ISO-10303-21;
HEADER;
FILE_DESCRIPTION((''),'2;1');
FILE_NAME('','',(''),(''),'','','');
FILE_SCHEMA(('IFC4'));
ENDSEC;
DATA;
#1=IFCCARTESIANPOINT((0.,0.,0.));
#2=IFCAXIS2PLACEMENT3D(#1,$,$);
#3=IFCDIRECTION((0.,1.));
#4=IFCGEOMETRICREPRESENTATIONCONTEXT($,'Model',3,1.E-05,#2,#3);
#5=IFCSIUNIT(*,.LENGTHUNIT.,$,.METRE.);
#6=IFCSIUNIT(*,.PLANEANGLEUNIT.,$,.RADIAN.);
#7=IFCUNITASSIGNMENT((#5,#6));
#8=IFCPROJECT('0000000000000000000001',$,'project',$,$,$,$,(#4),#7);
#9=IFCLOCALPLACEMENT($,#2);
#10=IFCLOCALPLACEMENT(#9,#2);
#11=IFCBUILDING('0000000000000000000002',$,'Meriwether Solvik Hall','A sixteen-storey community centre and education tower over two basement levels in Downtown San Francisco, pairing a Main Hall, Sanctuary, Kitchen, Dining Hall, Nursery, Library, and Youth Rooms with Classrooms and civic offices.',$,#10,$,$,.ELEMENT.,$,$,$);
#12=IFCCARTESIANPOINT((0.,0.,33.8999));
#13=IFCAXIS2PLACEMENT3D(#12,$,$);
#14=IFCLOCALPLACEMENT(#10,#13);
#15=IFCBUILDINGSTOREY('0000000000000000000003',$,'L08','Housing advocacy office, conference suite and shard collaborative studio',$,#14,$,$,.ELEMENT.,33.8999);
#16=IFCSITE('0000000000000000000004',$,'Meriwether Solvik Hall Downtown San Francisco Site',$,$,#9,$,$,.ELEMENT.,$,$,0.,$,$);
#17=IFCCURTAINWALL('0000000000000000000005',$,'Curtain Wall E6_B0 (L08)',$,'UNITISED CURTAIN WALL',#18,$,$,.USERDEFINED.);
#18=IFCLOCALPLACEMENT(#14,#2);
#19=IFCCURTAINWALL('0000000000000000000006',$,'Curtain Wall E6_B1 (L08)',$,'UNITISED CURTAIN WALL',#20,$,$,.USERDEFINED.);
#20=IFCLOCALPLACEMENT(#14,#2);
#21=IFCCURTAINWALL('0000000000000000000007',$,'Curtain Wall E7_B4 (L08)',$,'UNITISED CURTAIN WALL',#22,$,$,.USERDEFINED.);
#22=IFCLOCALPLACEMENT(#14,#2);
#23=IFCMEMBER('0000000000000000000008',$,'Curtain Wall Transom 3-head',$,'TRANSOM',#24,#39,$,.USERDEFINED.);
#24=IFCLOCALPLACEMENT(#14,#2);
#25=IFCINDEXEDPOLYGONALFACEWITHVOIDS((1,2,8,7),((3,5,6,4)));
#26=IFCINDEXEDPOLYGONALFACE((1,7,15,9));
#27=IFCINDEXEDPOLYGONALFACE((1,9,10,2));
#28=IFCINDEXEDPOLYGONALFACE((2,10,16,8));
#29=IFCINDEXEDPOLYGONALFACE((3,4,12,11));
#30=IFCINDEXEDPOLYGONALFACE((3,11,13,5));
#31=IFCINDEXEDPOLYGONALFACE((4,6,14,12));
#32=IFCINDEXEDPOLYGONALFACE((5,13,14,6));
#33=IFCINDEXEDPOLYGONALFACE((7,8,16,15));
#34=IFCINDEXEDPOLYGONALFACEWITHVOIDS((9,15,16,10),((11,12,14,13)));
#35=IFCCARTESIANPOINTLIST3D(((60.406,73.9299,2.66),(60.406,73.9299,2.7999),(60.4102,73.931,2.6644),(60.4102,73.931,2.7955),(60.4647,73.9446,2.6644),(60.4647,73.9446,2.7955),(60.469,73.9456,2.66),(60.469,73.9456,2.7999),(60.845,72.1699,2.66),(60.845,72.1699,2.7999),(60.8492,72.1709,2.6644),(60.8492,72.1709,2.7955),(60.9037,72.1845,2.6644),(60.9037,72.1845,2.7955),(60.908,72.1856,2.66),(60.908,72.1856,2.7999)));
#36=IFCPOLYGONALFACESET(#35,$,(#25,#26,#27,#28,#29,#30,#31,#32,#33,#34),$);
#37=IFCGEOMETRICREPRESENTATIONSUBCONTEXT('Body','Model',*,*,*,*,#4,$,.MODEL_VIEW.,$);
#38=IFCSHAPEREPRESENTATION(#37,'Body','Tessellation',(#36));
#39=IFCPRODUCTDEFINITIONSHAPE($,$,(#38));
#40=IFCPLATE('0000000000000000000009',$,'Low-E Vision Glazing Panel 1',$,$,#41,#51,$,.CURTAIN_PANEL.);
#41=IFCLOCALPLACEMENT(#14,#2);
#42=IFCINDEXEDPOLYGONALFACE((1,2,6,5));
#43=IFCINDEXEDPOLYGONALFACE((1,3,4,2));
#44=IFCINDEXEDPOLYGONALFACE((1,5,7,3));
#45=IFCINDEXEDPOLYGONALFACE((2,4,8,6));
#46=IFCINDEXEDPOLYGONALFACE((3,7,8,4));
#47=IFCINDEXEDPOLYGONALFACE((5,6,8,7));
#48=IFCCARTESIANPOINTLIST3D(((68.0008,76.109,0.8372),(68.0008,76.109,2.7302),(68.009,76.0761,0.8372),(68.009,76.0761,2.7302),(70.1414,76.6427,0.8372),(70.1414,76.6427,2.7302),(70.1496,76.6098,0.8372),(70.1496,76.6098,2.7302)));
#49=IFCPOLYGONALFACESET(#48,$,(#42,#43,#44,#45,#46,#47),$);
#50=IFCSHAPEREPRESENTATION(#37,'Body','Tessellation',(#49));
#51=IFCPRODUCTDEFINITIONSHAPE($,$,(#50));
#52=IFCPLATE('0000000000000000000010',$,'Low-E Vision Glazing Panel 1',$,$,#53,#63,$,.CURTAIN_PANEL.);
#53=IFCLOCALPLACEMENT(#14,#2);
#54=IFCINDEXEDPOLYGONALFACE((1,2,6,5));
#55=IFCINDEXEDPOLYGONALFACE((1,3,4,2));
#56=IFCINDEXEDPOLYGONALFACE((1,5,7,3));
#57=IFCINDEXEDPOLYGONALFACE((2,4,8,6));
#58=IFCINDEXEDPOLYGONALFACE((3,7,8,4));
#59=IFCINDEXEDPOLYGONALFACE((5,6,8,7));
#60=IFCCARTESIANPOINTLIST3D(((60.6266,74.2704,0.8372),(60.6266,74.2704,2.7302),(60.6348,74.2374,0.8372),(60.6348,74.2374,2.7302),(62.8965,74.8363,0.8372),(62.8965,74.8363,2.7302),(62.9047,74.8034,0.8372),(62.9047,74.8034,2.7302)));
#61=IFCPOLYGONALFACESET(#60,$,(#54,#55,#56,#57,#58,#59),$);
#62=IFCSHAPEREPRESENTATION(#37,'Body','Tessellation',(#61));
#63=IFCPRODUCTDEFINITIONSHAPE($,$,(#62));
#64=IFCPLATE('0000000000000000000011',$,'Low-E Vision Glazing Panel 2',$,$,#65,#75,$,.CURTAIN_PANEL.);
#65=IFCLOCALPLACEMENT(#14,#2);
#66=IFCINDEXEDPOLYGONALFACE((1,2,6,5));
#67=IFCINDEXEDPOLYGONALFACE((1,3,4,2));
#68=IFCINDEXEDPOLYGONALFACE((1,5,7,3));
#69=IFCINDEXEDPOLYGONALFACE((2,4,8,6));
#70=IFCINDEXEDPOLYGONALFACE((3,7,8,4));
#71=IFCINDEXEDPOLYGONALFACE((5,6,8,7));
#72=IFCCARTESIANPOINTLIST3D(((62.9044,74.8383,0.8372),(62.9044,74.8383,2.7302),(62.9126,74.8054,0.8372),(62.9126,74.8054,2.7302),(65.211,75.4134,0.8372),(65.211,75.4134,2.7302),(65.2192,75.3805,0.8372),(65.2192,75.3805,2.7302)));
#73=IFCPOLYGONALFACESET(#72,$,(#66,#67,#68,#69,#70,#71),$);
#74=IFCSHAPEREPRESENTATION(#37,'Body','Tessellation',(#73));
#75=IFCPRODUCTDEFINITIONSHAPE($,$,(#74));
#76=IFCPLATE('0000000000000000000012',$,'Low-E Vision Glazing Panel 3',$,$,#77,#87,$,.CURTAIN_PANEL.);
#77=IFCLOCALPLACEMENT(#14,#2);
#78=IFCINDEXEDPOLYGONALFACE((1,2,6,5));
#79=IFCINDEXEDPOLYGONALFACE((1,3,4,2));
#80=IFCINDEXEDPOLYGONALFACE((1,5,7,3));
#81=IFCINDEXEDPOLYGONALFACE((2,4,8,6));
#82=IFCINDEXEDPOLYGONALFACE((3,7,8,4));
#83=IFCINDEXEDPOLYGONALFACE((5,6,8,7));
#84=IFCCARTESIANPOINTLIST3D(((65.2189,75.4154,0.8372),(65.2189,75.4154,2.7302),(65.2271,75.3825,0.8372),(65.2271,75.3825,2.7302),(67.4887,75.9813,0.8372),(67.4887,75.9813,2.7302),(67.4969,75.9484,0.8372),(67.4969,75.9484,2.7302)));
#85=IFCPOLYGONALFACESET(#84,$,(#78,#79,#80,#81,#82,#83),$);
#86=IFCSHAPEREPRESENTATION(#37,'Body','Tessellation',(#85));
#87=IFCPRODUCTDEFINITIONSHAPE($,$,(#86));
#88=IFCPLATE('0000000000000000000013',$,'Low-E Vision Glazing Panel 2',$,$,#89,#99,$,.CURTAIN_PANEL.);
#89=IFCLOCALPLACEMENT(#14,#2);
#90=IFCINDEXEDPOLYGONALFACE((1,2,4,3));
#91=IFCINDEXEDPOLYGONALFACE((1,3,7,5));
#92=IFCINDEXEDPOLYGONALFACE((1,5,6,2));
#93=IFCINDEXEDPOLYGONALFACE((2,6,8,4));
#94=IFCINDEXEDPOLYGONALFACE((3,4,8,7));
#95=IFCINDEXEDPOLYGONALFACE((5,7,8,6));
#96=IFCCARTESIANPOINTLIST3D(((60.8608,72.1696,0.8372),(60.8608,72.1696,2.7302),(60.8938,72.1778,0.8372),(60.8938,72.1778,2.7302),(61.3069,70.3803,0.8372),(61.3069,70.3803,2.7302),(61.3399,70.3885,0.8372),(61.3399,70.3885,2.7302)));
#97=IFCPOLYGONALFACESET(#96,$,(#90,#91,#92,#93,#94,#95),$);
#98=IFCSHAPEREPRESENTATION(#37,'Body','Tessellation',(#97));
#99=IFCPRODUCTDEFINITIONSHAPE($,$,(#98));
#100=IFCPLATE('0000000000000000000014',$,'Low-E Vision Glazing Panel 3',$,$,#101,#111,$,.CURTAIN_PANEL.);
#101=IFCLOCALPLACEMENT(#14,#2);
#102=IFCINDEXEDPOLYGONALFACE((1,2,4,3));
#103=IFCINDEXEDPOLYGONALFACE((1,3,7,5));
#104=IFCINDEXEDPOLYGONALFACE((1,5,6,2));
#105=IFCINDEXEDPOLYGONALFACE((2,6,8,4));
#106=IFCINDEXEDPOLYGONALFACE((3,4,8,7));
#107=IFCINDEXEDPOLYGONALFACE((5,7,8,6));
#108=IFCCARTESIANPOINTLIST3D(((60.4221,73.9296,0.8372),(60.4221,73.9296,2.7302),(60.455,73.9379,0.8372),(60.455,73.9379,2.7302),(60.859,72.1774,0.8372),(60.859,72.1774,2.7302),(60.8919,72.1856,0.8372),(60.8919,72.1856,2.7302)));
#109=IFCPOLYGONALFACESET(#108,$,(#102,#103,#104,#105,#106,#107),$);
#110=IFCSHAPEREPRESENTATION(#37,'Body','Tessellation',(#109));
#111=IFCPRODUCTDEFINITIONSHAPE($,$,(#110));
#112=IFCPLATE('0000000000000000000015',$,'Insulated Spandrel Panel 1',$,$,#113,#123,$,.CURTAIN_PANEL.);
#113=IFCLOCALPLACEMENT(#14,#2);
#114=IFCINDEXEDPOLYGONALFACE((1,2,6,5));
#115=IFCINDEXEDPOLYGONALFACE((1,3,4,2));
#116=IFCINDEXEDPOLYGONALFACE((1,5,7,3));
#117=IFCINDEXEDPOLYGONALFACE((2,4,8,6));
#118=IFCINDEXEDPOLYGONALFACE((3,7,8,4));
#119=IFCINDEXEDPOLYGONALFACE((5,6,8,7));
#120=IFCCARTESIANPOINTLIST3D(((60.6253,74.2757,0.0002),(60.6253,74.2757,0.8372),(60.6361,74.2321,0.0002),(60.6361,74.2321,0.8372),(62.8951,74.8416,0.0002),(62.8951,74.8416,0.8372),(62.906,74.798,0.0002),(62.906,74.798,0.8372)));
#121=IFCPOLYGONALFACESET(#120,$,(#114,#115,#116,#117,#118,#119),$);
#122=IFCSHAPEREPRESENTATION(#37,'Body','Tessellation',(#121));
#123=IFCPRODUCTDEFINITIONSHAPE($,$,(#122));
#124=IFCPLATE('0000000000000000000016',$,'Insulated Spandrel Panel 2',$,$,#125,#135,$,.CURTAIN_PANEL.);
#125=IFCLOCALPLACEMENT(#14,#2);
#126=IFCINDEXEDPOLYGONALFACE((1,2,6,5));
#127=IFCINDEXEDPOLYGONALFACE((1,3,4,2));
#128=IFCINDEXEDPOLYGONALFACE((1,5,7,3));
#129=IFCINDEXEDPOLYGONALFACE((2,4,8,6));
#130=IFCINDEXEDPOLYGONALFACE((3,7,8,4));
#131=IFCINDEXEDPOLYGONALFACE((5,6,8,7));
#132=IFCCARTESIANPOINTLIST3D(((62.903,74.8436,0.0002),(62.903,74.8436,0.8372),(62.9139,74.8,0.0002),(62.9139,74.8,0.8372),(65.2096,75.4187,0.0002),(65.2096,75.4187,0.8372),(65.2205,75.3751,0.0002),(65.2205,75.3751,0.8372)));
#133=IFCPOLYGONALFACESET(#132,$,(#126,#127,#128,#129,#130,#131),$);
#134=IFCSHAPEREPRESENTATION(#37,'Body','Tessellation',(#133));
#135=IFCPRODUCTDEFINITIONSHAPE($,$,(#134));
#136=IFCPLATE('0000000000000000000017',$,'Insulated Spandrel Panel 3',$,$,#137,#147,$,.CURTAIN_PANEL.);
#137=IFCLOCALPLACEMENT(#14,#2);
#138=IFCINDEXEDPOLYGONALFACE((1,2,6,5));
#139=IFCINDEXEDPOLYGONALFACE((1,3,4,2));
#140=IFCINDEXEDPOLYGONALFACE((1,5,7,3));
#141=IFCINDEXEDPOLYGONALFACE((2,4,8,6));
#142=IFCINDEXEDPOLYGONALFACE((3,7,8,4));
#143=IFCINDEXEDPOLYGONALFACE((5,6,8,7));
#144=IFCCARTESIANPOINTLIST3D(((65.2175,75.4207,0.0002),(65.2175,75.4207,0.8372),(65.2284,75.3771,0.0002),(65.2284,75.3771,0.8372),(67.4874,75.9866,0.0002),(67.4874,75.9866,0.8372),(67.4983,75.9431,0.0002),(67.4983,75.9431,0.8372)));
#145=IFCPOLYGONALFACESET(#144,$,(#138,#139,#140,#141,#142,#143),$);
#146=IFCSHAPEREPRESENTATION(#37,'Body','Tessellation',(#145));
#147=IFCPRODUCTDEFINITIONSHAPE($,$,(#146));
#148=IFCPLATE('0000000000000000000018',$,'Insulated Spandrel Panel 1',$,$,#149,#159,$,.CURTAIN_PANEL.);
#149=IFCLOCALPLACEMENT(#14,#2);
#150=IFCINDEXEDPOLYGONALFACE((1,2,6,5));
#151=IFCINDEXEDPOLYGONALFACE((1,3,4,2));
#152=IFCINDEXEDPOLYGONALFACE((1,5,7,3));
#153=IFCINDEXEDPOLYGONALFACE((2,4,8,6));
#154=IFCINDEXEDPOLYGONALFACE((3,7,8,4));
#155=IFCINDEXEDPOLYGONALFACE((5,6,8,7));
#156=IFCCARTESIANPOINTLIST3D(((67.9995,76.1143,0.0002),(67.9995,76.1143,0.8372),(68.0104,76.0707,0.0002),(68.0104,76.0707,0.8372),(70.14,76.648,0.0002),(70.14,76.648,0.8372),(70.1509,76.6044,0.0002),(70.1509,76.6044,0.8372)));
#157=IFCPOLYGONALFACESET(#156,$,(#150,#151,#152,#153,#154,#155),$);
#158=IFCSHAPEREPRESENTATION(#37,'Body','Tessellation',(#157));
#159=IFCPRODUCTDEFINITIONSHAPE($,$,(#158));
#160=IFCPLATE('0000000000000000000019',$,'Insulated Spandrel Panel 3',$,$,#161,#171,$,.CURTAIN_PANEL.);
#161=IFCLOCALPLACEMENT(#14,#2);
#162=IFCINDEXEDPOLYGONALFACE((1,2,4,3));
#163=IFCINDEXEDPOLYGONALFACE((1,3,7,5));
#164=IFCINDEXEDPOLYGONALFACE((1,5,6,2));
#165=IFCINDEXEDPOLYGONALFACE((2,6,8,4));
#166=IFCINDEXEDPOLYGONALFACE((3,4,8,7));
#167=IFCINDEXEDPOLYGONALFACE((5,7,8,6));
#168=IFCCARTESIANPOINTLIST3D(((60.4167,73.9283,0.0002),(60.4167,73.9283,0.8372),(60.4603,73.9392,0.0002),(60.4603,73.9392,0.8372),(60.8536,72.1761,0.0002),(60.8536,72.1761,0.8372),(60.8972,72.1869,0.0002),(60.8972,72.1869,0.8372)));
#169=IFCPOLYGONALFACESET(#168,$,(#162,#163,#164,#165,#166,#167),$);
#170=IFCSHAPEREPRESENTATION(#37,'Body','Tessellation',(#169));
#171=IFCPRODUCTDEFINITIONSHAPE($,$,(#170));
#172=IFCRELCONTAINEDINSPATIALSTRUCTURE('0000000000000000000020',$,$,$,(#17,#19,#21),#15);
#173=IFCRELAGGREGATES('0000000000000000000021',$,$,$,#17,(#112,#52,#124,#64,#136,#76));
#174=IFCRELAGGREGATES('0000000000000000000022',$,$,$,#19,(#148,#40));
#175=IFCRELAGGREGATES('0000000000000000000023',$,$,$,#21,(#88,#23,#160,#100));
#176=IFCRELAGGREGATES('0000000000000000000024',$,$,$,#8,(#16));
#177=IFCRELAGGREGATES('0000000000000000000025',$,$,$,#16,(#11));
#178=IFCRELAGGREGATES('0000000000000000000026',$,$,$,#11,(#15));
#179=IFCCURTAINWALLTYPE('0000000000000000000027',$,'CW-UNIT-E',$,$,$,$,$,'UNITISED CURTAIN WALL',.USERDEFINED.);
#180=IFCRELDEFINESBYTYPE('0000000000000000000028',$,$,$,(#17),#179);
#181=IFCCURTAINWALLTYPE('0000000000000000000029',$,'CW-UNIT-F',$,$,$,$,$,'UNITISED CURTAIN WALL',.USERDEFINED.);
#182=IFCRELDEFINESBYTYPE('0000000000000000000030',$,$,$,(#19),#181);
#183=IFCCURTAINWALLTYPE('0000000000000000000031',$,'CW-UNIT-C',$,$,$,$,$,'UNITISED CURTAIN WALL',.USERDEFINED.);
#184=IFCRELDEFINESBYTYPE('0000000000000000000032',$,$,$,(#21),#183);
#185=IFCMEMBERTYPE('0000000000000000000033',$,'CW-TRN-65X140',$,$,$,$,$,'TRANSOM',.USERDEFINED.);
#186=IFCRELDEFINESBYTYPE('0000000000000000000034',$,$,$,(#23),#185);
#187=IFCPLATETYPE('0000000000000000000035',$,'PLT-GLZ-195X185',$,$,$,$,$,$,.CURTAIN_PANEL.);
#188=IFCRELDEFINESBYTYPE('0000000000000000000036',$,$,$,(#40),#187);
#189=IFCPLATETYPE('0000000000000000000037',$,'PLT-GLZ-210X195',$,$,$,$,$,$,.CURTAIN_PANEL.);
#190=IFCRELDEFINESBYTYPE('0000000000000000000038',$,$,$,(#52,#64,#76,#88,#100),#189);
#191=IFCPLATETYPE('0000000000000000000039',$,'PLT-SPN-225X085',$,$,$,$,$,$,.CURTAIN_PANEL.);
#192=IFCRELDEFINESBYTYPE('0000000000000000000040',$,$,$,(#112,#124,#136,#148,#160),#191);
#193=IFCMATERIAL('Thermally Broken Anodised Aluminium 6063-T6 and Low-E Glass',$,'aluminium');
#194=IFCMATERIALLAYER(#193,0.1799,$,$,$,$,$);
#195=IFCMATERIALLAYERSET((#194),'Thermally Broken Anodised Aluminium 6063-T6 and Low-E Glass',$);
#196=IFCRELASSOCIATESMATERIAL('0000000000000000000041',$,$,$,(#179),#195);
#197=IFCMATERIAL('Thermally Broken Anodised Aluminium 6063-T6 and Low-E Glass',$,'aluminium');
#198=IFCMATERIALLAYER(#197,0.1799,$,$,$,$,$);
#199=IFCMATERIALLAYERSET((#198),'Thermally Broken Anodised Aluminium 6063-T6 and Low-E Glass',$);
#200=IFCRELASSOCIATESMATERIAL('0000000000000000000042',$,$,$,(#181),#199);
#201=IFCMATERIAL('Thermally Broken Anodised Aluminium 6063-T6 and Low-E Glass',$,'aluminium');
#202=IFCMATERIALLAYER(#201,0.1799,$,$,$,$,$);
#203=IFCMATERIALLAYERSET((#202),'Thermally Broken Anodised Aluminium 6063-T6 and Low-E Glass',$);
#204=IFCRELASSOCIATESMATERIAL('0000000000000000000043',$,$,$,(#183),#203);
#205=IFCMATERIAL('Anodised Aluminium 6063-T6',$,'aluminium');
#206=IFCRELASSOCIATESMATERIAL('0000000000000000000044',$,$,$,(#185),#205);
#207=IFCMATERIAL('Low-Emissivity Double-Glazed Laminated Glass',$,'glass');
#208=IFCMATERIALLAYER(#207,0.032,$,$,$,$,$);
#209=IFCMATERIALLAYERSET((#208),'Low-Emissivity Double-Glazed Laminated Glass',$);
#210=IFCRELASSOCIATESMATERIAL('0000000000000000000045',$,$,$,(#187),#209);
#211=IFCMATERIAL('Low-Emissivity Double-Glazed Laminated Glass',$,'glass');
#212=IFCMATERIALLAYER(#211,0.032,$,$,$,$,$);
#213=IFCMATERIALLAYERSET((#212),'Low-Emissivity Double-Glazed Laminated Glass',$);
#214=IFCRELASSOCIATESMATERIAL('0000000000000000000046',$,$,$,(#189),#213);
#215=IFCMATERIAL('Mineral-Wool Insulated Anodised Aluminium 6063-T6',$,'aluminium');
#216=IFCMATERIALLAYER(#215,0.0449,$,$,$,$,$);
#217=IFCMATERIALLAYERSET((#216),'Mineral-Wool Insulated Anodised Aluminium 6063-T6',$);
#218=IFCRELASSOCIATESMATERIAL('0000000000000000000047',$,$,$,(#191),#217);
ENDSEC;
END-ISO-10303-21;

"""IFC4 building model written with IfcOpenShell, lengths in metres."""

from ifc_helpers import new_model, si_unit, direction, frame, origin, origin_2d, place, context, subcontext, project, spatial, rectangle, hollow_rectangle, extrude, material, layer, layer_set, material_profile, profile_set, type_object, element, aggregate, save


model = new_model("IFC4")

# Units and contexts
model_context = context("Model", 3, precision=1e-05, world=origin(), true_north=direction((0.0, 1.0)))
body_context = subcontext(model_context, "Body", "Model", "MODEL_VIEW")
ifc_project = project(units=[si_unit("LENGTHUNIT", "METRE"), si_unit("PLANEANGLEUNIT", "RADIAN")], contexts=[model_context])

# Site, building, storey
site_placement = place(None, origin())
site = spatial("IfcSite", under=ifc_project, at=site_placement, Name="Meriwether Solvik Hall Downtown San Francisco Site", CompositionType="ELEMENT", RefElevation=0.0)
building_placement = place(site_placement, origin())
building = spatial("IfcBuilding", under=site, at=building_placement, Name="Meriwether Solvik Hall", Description="A sixteen-storey community centre and education tower over two basement levels in Downtown San Francisco, pairing a Main Hall, Sanctuary, Kitchen, Dining Hall, Nursery, Library, and Youth Rooms with Classrooms and civic offices.", CompositionType="ELEMENT")
storey_placement = place(building_placement, frame((0.0, 0.0, 33.8999)))
storey = spatial("IfcBuildingStorey", under=building, at=storey_placement, Name="L08", Description="Housing advocacy office, conference suite and shard collaborative studio", CompositionType="ELEMENT", Elevation=33.8999)

# Curtain walls
ifc_material_1 = material(Name="Thermally Broken Anodised Aluminium 6063-T6 and Low-E Glass", Category="aluminium")
ifc_layer_1 = layer(ifc_material_1, 0.1799)
ifc_layer_set_1 = layer_set([ifc_layer_1], Name="Thermally Broken Anodised Aluminium 6063-T6 and Low-E Glass")
curtain_wall_type_1 = type_object("IfcCurtainWallType", Name="CW-UNIT-E", ElementType="UNITISED CURTAIN WALL", PredefinedType="USERDEFINED", material=ifc_layer_set_1)
curtain_wall_1_placement = place(storey_placement, origin())
curtain_wall_1 = element("IfcCurtainWall", 1, at=curtain_wall_1_placement, inside=storey, type_object=curtain_wall_type_1, Name="Curtain Wall E6_B0 (L08)", ObjectType="UNITISED CURTAIN WALL", PredefinedType="USERDEFINED")
ifc_material_2 = material(Name="Thermally Broken Anodised Aluminium 6063-T6 and Low-E Glass", Category="aluminium")
ifc_layer_2 = layer(ifc_material_2, 0.1799)
ifc_layer_set_2 = layer_set([ifc_layer_2], Name="Thermally Broken Anodised Aluminium 6063-T6 and Low-E Glass")
curtain_wall_type_2 = type_object("IfcCurtainWallType", Name="CW-UNIT-F", ElementType="UNITISED CURTAIN WALL", PredefinedType="USERDEFINED", material=ifc_layer_set_2)
curtain_wall_2_placement = place(storey_placement, origin())
curtain_wall_2 = element("IfcCurtainWall", 2, at=curtain_wall_2_placement, inside=storey, type_object=curtain_wall_type_2, Name="Curtain Wall E6_B1 (L08)", ObjectType="UNITISED CURTAIN WALL", PredefinedType="USERDEFINED")
ifc_material_3 = material(Name="Thermally Broken Anodised Aluminium 6063-T6 and Low-E Glass", Category="aluminium")
ifc_layer_3 = layer(ifc_material_3, 0.1799)
ifc_layer_set_3 = layer_set([ifc_layer_3], Name="Thermally Broken Anodised Aluminium 6063-T6 and Low-E Glass")
curtain_wall_type_3 = type_object("IfcCurtainWallType", Name="CW-UNIT-C", ElementType="UNITISED CURTAIN WALL", PredefinedType="USERDEFINED", material=ifc_layer_set_3)
curtain_wall_3_placement = place(storey_placement, origin())
curtain_wall_3 = element("IfcCurtainWall", 3, at=curtain_wall_3_placement, inside=storey, type_object=curtain_wall_type_3, Name="Curtain Wall E7_B4 (L08)", ObjectType="UNITISED CURTAIN WALL", PredefinedType="USERDEFINED")

# Member
ifc_material_4 = material(Name="Anodised Aluminium 6063-T6", Category="aluminium")
ifc_material_profile_1 = material_profile(ifc_material_4, hollow_rectangle(XDim=0.0649, YDim=0.1399, WallThickness=0.0044, at=origin_2d()), Name="CWT-65X140")
ifc_profile_set_1 = profile_set([ifc_material_profile_1], Name="Anodised Aluminium 6063-T6")
member_type_1 = type_object("IfcMemberType", Name="CW-TRN-65X140", ElementType="TRANSOM", PredefinedType="USERDEFINED", material=ifc_profile_set_1)
member_1_placement = place(storey_placement, frame((60.8765, 72.1777, 2.73), z_axis=(-0.241997, 0.970277, 0.0), x_axis=(-0.970277, -0.241997, 0.0)))
member_1 = element("IfcMember", 4, at=member_1_placement, type_object=member_type_1, Name="Curtain Wall Transom 3-head", ObjectType="TRANSOM", PredefinedType="USERDEFINED", context=body_context, shape_type="SweptSolid", body=[
    extrude(hollow_rectangle(XDim=0.0649, YDim=0.1399, WallThickness=0.0044, at=origin_2d()), origin(), (0.0, 0.0, 1.0), 1.814),
])

# Plates
ifc_material_5 = material(Name="Low-Emissivity Double-Glazed Laminated Glass", Category="glass")
ifc_layer_4 = layer(ifc_material_5, 0.032)
ifc_layer_set_4 = layer_set([ifc_layer_4], Name="Low-Emissivity Double-Glazed Laminated Glass")
plate_type_1 = type_object("IfcPlateType", Name="PLT-GLZ-195X185", PredefinedType="CURTAIN_PANEL", material=ifc_layer_set_4)
plate_1_placement = place(storey_placement, frame((69.0752, 76.3594, 0.8372), z_axis=(0.0, 0.0, 1.0), x_axis=(0.970296, 0.241922, 0.0)))
plate_1 = element("IfcPlate", 5, at=plate_1_placement, type_object=plate_type_1, Name="Low-E Vision Glazing Panel 1", PredefinedType="CURTAIN_PANEL", context=body_context, shape_type="SweptSolid", body=[
    extrude(rectangle(XDim=2.2061, YDim=0.0339, at=origin_2d()), origin(), (0.0, 0.0, 1.0), 1.8931),
])
ifc_material_6 = material(Name="Low-Emissivity Double-Glazed Laminated Glass", Category="glass")
ifc_layer_5 = layer(ifc_material_6, 0.032)
ifc_layer_set_5 = layer_set([ifc_layer_5], Name="Low-Emissivity Double-Glazed Laminated Glass")
plate_type_2 = type_object("IfcPlateType", Name="PLT-GLZ-210X195", PredefinedType="CURTAIN_PANEL", material=ifc_layer_set_5)
plate_2_placement = place(storey_placement, frame((61.7656, 74.5369, 0.8372), z_axis=(0.0, 0.0, 1.0), x_axis=(0.970296, 0.241922, 0.0)))
plate_2 = element("IfcPlate", 6, at=plate_2_placement, type_object=plate_type_2, Name="Low-E Vision Glazing Panel 1", PredefinedType="CURTAIN_PANEL", context=body_context, shape_type="SweptSolid", body=[
    extrude(rectangle(XDim=2.3394, YDim=0.0339, at=origin_2d()), origin(), (0.0, 0.0, 1.0), 1.8931),
])
plate_3_placement = place(storey_placement, frame((64.0618, 75.1094, 0.8372), z_axis=(0.0, 0.0, 1.0), x_axis=(0.970296, 0.241922, 0.0)))
plate_3 = element("IfcPlate", 7, at=plate_3_placement, type_object=plate_type_2, Name="Low-E Vision Glazing Panel 2", PredefinedType="CURTAIN_PANEL", context=body_context, shape_type="SweptSolid", body=[
    extrude(rectangle(XDim=2.3772, YDim=0.0339, at=origin_2d()), origin(), (0.0, 0.0, 1.0), 1.8931),
])
plate_4_placement = place(storey_placement, frame((66.3579, 75.6819, 0.8372), z_axis=(0.0, 0.0, 1.0), x_axis=(0.970296, 0.241922, 0.0)))
plate_4 = element("IfcPlate", 8, at=plate_4_placement, type_object=plate_type_2, Name="Low-E Vision Glazing Panel 3", PredefinedType="CURTAIN_PANEL", context=body_context, shape_type="SweptSolid", body=[
    extrude(rectangle(XDim=2.3394, YDim=0.0339, at=origin_2d()), origin(), (0.0, 0.0, 1.0), 1.8931),
])
plate_5_placement = place(storey_placement, frame((61.1003, 71.2791, 0.8372), z_axis=(0.0, 0.0, 1.0), x_axis=(-0.241922, 0.970296, 0.0)))
plate_5 = element("IfcPlate", 9, at=plate_5_placement, type_object=plate_type_2, Name="Low-E Vision Glazing Panel 2", PredefinedType="CURTAIN_PANEL", context=body_context, shape_type="SweptSolid", body=[
    extrude(rectangle(XDim=1.844, YDim=0.0339, at=origin_2d()), origin(), (0.0, 0.0, 1.0), 1.8931),
])
plate_6_placement = place(storey_placement, frame((60.657, 73.0576, 0.8372), z_axis=(0.0, 0.0, 1.0), x_axis=(-0.241922, 0.970296, 0.0)))
plate_6 = element("IfcPlate", 10, at=plate_6_placement, type_object=plate_type_2, Name="Low-E Vision Glazing Panel 3", PredefinedType="CURTAIN_PANEL", context=body_context, shape_type="SweptSolid", body=[
    extrude(rectangle(XDim=1.8059, YDim=0.0339, at=origin_2d()), origin(), (0.0, 0.0, 1.0), 1.8931),
])
ifc_material_7 = material(Name="Mineral-Wool Insulated Anodised Aluminium 6063-T6", Category="aluminium")
ifc_layer_6 = layer(ifc_material_7, 0.0449)
ifc_layer_set_6 = layer_set([ifc_layer_6], Name="Mineral-Wool Insulated Anodised Aluminium 6063-T6")
plate_type_3 = type_object("IfcPlateType", Name="PLT-SPN-225X085", PredefinedType="CURTAIN_PANEL", material=ifc_layer_set_6)
plate_7_placement = place(storey_placement, frame((61.7656, 74.5369, 0.0002), z_axis=(0.0, 0.0, 1.0), x_axis=(0.970296, 0.241922, 0.0)))
plate_7 = element("IfcPlate", 11, at=plate_7_placement, type_object=plate_type_3, Name="Insulated Spandrel Panel 1", PredefinedType="CURTAIN_PANEL", context=body_context, shape_type="SweptSolid", body=[
    extrude(rectangle(XDim=2.3394, YDim=0.0449, at=origin_2d()), origin(), (0.0, 0.0, 1.0), 0.8369),
])
plate_8_placement = place(storey_placement, frame((64.0618, 75.1094, 0.0002), z_axis=(0.0, 0.0, 1.0), x_axis=(0.970296, 0.241922, 0.0)))
plate_8 = element("IfcPlate", 12, at=plate_8_placement, type_object=plate_type_3, Name="Insulated Spandrel Panel 2", PredefinedType="CURTAIN_PANEL", context=body_context, shape_type="SweptSolid", body=[
    extrude(rectangle(XDim=2.3772, YDim=0.0449, at=origin_2d()), origin(), (0.0, 0.0, 1.0), 0.8369),
])
plate_9_placement = place(storey_placement, frame((66.3579, 75.6819, 0.0002), z_axis=(0.0, 0.0, 1.0), x_axis=(0.970296, 0.241922, 0.0)))
plate_9 = element("IfcPlate", 13, at=plate_9_placement, type_object=plate_type_3, Name="Insulated Spandrel Panel 3", PredefinedType="CURTAIN_PANEL", context=body_context, shape_type="SweptSolid", body=[
    extrude(rectangle(XDim=2.3394, YDim=0.0449, at=origin_2d()), origin(), (0.0, 0.0, 1.0), 0.8369),
])
aggregate(curtain_wall_1, [plate_7, plate_2, plate_8, plate_3, plate_9, plate_4])
plate_10_placement = place(storey_placement, frame((69.0752, 76.3594, 0.0002), z_axis=(0.0, 0.0, 1.0), x_axis=(0.970296, 0.241922, 0.0)))
plate_10 = element("IfcPlate", 14, at=plate_10_placement, type_object=plate_type_3, Name="Insulated Spandrel Panel 1", PredefinedType="CURTAIN_PANEL", context=body_context, shape_type="SweptSolid", body=[
    extrude(rectangle(XDim=2.2061, YDim=0.0449, at=origin_2d()), origin(), (0.0, 0.0, 1.0), 0.8369),
])
aggregate(curtain_wall_2, [plate_10, plate_1])
plate_11_placement = place(storey_placement, frame((60.657, 73.0576, 0.0002), z_axis=(0.0, 0.0, 1.0), x_axis=(-0.241922, 0.970296, 0.0)))
plate_11 = element("IfcPlate", 15, at=plate_11_placement, type_object=plate_type_3, Name="Insulated Spandrel Panel 3", PredefinedType="CURTAIN_PANEL", context=body_context, shape_type="SweptSolid", body=[
    extrude(rectangle(XDim=1.8059, YDim=0.0449, at=origin_2d()), origin(), (0.0, 0.0, 1.0), 0.8369),
])
aggregate(curtain_wall_3, [plate_5, member_1, plate_11, plate_6])

save(model, "model.ifc")
